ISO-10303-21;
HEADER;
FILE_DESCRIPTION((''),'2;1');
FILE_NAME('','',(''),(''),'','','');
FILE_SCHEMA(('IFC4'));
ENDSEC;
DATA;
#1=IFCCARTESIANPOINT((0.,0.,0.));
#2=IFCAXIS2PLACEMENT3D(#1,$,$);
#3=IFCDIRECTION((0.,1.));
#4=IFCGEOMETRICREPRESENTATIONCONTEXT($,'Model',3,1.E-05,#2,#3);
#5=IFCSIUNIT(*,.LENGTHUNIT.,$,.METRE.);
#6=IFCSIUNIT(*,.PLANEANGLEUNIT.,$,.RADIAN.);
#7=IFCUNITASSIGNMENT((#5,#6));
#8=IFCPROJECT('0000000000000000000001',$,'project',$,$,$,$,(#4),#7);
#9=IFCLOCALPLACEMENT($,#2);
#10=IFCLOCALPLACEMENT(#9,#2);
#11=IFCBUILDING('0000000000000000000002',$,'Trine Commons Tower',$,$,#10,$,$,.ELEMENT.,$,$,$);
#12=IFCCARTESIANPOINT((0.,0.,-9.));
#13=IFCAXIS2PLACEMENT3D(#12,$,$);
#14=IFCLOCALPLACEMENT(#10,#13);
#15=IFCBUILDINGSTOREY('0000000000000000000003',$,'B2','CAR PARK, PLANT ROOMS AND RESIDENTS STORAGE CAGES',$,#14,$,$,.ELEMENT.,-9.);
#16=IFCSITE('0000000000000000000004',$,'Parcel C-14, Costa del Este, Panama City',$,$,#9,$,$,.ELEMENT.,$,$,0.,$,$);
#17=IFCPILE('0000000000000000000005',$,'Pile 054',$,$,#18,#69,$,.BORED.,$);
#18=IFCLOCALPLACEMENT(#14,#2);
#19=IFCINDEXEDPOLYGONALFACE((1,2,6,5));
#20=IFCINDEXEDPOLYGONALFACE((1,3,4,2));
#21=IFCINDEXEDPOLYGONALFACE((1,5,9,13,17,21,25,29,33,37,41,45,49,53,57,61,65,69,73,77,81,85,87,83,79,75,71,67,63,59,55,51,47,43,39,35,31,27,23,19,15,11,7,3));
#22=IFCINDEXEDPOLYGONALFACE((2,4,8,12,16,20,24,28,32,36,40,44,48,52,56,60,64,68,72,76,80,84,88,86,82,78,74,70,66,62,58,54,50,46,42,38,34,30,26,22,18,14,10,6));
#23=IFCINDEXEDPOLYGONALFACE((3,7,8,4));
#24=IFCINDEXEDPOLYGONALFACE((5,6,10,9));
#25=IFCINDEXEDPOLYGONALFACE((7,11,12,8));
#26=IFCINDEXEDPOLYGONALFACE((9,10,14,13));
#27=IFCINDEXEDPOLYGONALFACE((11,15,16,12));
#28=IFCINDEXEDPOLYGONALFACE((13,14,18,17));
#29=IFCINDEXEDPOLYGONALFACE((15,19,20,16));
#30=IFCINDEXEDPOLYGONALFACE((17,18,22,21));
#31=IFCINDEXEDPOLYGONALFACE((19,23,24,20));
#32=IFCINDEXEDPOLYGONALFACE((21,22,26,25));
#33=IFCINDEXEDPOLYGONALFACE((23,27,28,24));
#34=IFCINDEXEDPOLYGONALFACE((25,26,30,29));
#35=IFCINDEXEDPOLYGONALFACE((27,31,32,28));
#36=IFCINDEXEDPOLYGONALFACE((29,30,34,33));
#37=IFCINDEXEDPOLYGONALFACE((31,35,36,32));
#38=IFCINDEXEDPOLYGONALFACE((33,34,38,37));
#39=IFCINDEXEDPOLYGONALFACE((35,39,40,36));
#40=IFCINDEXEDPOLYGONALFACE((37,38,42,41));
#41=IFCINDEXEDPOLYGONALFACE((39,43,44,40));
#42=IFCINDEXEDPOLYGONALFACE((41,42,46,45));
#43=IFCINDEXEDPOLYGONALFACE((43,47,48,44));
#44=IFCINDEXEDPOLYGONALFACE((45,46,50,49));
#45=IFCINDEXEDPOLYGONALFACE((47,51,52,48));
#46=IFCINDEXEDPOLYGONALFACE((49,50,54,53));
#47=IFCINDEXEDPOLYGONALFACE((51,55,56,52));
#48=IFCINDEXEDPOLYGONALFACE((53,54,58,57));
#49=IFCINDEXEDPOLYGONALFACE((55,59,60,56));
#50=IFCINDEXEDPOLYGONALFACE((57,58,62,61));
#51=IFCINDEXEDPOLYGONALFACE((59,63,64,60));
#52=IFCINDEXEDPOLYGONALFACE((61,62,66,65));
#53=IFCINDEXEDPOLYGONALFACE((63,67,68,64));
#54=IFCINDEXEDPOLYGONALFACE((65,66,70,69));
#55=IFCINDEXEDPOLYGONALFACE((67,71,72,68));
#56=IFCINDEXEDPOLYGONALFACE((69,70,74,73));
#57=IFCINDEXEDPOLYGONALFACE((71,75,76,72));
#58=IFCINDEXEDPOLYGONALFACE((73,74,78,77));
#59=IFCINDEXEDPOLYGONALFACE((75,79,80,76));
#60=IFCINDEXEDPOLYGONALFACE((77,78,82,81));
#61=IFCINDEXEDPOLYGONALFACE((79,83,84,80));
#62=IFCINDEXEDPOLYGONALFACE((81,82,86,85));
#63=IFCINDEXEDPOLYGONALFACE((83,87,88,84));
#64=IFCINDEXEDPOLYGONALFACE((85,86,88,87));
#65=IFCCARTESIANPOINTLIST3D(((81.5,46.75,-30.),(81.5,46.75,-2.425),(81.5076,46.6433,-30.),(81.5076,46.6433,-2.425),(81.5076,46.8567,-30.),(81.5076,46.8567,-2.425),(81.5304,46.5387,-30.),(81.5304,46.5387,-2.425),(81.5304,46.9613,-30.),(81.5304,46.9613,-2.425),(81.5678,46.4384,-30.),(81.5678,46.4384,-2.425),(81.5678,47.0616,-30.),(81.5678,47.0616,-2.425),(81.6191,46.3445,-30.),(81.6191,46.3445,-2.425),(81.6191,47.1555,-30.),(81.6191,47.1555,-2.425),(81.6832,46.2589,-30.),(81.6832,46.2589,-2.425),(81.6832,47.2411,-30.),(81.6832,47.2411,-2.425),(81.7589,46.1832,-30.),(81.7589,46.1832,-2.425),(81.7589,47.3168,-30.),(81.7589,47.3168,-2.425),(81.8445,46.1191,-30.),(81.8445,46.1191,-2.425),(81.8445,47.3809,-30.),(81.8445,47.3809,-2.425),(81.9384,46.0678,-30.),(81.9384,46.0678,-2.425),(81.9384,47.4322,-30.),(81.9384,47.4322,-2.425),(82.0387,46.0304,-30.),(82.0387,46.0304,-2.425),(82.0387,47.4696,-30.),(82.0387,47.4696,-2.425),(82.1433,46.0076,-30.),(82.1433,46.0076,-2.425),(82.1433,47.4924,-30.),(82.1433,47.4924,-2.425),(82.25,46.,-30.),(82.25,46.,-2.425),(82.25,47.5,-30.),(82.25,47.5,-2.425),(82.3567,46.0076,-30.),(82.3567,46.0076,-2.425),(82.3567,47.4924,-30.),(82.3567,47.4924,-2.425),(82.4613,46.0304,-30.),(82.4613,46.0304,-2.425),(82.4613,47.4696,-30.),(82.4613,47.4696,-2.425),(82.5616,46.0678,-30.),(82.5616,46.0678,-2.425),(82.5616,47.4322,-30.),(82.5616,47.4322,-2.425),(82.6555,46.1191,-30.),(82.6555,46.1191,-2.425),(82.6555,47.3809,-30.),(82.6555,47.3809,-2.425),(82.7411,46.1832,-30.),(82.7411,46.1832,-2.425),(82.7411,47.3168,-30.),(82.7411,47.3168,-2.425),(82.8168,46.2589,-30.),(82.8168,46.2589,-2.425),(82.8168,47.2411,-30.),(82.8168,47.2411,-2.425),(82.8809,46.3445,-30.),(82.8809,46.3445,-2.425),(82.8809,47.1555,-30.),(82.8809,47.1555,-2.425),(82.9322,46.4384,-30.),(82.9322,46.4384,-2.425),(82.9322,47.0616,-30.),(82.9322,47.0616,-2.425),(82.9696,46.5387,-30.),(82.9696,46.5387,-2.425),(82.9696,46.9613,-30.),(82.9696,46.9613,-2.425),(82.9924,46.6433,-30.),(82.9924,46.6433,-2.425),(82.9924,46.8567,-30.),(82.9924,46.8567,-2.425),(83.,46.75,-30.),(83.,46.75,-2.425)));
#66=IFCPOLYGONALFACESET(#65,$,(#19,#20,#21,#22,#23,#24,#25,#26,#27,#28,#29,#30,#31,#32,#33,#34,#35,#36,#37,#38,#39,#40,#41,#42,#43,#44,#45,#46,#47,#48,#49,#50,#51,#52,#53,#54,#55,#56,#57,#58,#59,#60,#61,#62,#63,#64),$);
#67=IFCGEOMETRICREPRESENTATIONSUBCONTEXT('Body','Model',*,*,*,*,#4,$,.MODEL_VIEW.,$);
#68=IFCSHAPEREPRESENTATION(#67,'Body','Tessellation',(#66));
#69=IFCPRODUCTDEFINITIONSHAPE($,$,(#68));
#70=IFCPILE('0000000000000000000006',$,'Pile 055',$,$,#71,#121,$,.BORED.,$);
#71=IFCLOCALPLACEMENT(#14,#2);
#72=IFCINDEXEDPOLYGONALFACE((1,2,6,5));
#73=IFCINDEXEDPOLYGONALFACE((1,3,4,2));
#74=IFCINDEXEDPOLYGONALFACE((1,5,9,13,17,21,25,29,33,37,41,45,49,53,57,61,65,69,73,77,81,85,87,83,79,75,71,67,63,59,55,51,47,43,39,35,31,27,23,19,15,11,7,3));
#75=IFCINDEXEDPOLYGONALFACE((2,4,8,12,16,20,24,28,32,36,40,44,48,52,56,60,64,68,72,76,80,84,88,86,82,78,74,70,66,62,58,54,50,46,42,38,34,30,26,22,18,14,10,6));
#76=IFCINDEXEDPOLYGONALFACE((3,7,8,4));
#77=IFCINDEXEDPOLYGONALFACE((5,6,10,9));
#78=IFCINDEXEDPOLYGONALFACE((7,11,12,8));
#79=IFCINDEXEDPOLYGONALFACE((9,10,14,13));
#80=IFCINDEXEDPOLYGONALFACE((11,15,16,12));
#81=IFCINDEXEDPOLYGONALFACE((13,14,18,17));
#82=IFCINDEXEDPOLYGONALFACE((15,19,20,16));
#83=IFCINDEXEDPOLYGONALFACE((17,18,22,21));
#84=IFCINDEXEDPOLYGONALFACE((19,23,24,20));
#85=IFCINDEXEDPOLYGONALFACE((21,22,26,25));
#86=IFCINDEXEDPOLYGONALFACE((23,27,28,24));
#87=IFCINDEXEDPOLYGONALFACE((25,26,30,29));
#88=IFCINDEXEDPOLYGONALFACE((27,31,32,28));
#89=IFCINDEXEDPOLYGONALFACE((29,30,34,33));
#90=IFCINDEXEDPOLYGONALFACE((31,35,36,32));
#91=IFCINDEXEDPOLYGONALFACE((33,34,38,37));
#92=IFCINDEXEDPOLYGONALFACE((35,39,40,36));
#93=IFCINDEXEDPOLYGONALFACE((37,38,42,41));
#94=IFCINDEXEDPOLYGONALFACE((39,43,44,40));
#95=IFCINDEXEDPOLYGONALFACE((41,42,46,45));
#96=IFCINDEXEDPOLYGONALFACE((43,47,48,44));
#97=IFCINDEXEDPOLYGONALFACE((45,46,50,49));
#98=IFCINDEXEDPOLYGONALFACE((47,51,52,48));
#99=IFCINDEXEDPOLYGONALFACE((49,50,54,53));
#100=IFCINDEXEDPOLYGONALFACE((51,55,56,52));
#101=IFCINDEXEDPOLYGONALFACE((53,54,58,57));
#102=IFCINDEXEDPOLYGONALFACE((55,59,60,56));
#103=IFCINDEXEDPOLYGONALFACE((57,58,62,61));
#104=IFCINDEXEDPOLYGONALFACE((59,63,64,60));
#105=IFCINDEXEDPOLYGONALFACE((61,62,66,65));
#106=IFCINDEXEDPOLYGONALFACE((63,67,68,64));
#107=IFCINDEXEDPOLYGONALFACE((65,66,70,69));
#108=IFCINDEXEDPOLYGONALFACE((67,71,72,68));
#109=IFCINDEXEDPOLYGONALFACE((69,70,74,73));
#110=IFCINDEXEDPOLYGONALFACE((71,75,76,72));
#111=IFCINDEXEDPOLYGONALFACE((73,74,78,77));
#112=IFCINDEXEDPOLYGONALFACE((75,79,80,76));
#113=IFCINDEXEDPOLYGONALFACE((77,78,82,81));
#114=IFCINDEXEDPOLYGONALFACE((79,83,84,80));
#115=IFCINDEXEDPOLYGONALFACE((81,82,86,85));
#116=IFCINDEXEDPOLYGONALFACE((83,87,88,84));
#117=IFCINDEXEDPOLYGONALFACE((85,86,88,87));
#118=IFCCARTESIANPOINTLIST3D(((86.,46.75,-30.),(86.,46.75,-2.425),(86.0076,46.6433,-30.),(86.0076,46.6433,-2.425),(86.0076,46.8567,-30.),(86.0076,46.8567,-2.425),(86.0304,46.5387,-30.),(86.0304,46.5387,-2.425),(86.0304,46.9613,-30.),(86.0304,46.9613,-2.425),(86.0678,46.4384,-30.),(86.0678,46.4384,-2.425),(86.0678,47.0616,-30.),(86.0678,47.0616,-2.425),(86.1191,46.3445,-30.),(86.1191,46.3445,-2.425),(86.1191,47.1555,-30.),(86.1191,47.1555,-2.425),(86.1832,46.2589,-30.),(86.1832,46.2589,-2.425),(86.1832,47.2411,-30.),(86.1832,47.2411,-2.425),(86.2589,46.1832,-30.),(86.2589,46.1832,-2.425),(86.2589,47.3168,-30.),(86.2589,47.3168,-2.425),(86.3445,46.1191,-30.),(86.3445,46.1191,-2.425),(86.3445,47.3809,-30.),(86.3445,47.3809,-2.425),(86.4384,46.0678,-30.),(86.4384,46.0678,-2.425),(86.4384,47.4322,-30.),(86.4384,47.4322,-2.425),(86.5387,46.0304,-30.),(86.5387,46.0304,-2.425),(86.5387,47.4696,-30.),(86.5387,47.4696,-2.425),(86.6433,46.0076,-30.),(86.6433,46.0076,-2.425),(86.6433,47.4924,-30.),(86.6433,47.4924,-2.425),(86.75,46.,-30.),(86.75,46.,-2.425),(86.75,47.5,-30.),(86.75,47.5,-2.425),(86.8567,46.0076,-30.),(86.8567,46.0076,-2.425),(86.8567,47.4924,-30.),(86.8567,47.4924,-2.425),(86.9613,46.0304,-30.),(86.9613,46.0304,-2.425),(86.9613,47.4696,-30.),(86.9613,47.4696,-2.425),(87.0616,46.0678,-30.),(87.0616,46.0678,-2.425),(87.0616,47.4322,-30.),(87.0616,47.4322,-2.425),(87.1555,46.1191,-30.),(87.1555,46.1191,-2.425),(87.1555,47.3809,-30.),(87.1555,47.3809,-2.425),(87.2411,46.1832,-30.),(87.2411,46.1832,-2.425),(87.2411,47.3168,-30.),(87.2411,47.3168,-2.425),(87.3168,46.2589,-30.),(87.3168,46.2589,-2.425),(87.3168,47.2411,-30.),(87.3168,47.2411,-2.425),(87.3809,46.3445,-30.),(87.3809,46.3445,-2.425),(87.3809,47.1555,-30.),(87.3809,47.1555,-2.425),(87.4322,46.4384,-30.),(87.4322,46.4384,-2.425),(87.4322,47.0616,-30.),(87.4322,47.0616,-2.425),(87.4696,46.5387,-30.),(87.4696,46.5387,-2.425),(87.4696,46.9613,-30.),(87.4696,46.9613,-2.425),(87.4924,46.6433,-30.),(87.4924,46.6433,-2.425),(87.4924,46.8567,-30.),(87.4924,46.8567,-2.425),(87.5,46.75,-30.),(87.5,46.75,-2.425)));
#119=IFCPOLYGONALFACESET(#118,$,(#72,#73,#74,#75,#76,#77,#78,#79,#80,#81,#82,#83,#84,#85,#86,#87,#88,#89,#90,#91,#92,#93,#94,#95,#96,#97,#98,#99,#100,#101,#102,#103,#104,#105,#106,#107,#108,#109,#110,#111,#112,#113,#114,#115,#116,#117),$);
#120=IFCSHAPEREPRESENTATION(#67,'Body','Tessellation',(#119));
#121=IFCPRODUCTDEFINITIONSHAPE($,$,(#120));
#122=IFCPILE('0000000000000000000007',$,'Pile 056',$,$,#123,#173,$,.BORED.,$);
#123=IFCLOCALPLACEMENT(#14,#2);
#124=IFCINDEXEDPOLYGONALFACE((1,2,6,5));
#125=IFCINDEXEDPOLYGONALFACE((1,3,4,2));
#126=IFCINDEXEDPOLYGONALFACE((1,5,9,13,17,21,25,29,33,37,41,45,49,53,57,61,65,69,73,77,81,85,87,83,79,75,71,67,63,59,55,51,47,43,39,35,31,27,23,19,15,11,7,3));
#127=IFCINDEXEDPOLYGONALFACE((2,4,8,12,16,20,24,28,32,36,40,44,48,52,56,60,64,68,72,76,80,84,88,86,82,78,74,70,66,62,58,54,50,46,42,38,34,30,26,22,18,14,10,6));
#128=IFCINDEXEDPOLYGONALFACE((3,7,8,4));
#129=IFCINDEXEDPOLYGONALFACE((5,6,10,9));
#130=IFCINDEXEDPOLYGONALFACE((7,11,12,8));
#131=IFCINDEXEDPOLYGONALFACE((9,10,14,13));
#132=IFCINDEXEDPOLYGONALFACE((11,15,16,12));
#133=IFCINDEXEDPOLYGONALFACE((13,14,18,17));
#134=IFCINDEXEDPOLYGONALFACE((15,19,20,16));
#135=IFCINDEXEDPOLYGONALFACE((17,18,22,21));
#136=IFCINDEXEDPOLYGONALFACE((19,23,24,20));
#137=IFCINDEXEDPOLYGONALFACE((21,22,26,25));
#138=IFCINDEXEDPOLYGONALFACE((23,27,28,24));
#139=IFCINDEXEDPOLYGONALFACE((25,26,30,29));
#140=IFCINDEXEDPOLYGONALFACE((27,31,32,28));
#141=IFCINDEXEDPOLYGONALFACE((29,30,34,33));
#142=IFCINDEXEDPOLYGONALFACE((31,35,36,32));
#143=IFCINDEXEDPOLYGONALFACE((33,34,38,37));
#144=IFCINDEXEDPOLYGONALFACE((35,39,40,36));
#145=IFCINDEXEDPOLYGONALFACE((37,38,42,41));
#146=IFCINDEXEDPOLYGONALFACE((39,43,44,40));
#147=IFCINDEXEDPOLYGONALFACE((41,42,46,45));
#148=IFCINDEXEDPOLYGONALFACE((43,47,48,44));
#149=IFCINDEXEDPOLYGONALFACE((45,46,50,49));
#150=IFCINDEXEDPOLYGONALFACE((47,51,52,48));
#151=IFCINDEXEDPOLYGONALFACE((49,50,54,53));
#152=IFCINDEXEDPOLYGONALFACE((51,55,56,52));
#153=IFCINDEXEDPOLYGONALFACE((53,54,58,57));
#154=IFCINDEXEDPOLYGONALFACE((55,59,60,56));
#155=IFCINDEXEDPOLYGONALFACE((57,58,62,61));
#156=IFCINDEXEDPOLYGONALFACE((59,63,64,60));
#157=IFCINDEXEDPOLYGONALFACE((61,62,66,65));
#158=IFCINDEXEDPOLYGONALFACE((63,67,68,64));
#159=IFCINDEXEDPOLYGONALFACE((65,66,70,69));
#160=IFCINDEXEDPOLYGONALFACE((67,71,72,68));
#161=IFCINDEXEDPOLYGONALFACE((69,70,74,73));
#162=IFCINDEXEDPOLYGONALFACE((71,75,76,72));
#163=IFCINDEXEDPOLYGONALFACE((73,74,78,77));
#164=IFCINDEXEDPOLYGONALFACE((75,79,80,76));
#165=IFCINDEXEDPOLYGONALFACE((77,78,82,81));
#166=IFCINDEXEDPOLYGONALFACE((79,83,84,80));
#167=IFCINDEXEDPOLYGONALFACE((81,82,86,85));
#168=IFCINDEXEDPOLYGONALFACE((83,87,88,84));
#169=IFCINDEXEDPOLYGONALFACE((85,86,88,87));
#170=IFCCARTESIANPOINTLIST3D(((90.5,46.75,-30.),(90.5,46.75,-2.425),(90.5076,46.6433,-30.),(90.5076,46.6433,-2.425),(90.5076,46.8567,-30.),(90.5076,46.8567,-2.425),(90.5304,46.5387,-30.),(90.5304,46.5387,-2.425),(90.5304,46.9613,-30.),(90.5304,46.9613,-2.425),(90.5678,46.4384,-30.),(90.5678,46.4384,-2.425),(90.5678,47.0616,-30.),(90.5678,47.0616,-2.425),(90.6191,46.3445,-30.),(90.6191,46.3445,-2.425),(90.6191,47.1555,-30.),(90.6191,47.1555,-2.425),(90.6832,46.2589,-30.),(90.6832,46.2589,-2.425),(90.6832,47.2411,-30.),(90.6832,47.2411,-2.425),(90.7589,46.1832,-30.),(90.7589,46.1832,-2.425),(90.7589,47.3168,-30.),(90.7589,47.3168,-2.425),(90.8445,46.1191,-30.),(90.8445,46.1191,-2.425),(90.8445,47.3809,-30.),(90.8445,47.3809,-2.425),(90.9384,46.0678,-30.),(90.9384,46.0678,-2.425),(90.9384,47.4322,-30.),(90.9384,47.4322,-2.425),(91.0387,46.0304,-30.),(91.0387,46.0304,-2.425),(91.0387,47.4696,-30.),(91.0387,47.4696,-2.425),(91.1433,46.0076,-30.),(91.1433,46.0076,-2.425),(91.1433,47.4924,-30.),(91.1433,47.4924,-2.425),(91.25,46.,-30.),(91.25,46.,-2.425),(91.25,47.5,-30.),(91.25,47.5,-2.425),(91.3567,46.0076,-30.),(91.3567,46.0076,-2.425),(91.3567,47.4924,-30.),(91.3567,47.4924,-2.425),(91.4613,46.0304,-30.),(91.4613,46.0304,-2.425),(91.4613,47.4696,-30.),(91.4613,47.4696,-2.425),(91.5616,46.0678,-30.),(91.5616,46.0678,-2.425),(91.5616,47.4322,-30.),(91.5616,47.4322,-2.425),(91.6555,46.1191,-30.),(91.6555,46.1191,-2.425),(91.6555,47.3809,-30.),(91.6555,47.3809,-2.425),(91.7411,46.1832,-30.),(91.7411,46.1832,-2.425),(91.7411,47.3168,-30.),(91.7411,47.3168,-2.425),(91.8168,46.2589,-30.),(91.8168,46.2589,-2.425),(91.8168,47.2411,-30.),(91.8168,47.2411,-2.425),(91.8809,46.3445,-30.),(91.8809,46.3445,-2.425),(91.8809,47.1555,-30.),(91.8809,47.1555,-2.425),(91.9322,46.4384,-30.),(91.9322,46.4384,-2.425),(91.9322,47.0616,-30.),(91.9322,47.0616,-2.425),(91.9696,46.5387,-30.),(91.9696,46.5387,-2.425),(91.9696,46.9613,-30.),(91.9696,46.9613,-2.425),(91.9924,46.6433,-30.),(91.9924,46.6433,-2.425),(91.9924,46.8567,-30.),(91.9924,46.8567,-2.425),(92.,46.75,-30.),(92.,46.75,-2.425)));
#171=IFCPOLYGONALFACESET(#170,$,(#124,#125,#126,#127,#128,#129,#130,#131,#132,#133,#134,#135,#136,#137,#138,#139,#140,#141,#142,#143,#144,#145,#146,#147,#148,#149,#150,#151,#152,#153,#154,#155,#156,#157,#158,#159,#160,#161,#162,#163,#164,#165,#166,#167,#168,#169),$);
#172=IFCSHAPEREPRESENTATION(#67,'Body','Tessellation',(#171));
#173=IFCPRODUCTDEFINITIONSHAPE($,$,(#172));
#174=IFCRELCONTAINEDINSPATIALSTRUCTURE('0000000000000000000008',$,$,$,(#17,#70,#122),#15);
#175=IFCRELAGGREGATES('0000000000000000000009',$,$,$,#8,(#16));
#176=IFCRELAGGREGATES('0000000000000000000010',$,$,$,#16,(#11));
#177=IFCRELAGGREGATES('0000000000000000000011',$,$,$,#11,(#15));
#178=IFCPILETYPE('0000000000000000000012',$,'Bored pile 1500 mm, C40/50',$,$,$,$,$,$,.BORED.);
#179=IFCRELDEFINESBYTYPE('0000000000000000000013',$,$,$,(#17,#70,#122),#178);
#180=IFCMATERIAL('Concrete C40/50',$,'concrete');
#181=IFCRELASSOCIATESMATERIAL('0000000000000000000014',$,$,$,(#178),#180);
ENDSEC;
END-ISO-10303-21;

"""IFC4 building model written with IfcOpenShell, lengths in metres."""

from ifc_helpers import new_model, si_unit, direction, frame, origin, origin_2d, place, context, subcontext, project, spatial, circle, extrude, material, type_object, element, save


model = new_model("IFC4")

# Units and contexts
model_context = context("Model", 3, precision=1e-05, world=origin(), true_north=direction((0.0, 1.0)))
body_context = subcontext(model_context, "Body", "Model", "MODEL_VIEW")
ifc_project = project(units=[si_unit("LENGTHUNIT", "METRE"), si_unit("PLANEANGLEUNIT", "RADIAN")], contexts=[model_context])

# Site, building, storey
site_placement = place(None, origin())
site = spatial("IfcSite", under=ifc_project, at=site_placement, Name="Parcel C-14, Costa del Este, Panama City", CompositionType="ELEMENT", RefElevation=0.0)
building_placement = place(site_placement, origin())
building = spatial("IfcBuilding", under=site, at=building_placement, Name="Trine Commons Tower", CompositionType="ELEMENT")
storey_placement = place(building_placement, frame((0.0, 0.0, -9.0)))
storey = spatial("IfcBuildingStorey", under=building, at=storey_placement, Name="B2", Description="CAR PARK, PLANT ROOMS AND RESIDENTS STORAGE CAGES", CompositionType="ELEMENT", Elevation=-9.0)

# Piles
ifc_material_1 = material(Name="Concrete C40/50", Category="concrete")
pile_type = type_object("IfcPileType", Name="Bored pile 1500 mm, C40/50", PredefinedType="BORED", material=ifc_material_1)
for number, where, z_axis, x_axis, name in (
    (1, (82.25, 46.75, -2.425), (0.0, 0.0, -1.0), (1.0, 0.0, 0.0), "Pile 054"),
    (2, (86.75, 46.75, -2.425), (0.0, 0.0, -1.0), (1.0, 0.0, 0.0), "Pile 055"),
    (3, (91.25, 46.75, -2.425), (0.0, 0.0, -1.0), (1.0, 0.0, 0.0), "Pile 056"),
):
    element("IfcPile", number, at=place(storey_placement, frame(where, z_axis=z_axis, x_axis=x_axis)), inside=storey, type_object=pile_type, Name=name, PredefinedType="BORED", context=body_context, shape_type="SweptSolid", body=[
        extrude(circle(Radius=0.75, at=origin_2d()), origin(), (0.0, 0.0, 1.0), 27.575),
    ])

save(model, "model.ifc")
